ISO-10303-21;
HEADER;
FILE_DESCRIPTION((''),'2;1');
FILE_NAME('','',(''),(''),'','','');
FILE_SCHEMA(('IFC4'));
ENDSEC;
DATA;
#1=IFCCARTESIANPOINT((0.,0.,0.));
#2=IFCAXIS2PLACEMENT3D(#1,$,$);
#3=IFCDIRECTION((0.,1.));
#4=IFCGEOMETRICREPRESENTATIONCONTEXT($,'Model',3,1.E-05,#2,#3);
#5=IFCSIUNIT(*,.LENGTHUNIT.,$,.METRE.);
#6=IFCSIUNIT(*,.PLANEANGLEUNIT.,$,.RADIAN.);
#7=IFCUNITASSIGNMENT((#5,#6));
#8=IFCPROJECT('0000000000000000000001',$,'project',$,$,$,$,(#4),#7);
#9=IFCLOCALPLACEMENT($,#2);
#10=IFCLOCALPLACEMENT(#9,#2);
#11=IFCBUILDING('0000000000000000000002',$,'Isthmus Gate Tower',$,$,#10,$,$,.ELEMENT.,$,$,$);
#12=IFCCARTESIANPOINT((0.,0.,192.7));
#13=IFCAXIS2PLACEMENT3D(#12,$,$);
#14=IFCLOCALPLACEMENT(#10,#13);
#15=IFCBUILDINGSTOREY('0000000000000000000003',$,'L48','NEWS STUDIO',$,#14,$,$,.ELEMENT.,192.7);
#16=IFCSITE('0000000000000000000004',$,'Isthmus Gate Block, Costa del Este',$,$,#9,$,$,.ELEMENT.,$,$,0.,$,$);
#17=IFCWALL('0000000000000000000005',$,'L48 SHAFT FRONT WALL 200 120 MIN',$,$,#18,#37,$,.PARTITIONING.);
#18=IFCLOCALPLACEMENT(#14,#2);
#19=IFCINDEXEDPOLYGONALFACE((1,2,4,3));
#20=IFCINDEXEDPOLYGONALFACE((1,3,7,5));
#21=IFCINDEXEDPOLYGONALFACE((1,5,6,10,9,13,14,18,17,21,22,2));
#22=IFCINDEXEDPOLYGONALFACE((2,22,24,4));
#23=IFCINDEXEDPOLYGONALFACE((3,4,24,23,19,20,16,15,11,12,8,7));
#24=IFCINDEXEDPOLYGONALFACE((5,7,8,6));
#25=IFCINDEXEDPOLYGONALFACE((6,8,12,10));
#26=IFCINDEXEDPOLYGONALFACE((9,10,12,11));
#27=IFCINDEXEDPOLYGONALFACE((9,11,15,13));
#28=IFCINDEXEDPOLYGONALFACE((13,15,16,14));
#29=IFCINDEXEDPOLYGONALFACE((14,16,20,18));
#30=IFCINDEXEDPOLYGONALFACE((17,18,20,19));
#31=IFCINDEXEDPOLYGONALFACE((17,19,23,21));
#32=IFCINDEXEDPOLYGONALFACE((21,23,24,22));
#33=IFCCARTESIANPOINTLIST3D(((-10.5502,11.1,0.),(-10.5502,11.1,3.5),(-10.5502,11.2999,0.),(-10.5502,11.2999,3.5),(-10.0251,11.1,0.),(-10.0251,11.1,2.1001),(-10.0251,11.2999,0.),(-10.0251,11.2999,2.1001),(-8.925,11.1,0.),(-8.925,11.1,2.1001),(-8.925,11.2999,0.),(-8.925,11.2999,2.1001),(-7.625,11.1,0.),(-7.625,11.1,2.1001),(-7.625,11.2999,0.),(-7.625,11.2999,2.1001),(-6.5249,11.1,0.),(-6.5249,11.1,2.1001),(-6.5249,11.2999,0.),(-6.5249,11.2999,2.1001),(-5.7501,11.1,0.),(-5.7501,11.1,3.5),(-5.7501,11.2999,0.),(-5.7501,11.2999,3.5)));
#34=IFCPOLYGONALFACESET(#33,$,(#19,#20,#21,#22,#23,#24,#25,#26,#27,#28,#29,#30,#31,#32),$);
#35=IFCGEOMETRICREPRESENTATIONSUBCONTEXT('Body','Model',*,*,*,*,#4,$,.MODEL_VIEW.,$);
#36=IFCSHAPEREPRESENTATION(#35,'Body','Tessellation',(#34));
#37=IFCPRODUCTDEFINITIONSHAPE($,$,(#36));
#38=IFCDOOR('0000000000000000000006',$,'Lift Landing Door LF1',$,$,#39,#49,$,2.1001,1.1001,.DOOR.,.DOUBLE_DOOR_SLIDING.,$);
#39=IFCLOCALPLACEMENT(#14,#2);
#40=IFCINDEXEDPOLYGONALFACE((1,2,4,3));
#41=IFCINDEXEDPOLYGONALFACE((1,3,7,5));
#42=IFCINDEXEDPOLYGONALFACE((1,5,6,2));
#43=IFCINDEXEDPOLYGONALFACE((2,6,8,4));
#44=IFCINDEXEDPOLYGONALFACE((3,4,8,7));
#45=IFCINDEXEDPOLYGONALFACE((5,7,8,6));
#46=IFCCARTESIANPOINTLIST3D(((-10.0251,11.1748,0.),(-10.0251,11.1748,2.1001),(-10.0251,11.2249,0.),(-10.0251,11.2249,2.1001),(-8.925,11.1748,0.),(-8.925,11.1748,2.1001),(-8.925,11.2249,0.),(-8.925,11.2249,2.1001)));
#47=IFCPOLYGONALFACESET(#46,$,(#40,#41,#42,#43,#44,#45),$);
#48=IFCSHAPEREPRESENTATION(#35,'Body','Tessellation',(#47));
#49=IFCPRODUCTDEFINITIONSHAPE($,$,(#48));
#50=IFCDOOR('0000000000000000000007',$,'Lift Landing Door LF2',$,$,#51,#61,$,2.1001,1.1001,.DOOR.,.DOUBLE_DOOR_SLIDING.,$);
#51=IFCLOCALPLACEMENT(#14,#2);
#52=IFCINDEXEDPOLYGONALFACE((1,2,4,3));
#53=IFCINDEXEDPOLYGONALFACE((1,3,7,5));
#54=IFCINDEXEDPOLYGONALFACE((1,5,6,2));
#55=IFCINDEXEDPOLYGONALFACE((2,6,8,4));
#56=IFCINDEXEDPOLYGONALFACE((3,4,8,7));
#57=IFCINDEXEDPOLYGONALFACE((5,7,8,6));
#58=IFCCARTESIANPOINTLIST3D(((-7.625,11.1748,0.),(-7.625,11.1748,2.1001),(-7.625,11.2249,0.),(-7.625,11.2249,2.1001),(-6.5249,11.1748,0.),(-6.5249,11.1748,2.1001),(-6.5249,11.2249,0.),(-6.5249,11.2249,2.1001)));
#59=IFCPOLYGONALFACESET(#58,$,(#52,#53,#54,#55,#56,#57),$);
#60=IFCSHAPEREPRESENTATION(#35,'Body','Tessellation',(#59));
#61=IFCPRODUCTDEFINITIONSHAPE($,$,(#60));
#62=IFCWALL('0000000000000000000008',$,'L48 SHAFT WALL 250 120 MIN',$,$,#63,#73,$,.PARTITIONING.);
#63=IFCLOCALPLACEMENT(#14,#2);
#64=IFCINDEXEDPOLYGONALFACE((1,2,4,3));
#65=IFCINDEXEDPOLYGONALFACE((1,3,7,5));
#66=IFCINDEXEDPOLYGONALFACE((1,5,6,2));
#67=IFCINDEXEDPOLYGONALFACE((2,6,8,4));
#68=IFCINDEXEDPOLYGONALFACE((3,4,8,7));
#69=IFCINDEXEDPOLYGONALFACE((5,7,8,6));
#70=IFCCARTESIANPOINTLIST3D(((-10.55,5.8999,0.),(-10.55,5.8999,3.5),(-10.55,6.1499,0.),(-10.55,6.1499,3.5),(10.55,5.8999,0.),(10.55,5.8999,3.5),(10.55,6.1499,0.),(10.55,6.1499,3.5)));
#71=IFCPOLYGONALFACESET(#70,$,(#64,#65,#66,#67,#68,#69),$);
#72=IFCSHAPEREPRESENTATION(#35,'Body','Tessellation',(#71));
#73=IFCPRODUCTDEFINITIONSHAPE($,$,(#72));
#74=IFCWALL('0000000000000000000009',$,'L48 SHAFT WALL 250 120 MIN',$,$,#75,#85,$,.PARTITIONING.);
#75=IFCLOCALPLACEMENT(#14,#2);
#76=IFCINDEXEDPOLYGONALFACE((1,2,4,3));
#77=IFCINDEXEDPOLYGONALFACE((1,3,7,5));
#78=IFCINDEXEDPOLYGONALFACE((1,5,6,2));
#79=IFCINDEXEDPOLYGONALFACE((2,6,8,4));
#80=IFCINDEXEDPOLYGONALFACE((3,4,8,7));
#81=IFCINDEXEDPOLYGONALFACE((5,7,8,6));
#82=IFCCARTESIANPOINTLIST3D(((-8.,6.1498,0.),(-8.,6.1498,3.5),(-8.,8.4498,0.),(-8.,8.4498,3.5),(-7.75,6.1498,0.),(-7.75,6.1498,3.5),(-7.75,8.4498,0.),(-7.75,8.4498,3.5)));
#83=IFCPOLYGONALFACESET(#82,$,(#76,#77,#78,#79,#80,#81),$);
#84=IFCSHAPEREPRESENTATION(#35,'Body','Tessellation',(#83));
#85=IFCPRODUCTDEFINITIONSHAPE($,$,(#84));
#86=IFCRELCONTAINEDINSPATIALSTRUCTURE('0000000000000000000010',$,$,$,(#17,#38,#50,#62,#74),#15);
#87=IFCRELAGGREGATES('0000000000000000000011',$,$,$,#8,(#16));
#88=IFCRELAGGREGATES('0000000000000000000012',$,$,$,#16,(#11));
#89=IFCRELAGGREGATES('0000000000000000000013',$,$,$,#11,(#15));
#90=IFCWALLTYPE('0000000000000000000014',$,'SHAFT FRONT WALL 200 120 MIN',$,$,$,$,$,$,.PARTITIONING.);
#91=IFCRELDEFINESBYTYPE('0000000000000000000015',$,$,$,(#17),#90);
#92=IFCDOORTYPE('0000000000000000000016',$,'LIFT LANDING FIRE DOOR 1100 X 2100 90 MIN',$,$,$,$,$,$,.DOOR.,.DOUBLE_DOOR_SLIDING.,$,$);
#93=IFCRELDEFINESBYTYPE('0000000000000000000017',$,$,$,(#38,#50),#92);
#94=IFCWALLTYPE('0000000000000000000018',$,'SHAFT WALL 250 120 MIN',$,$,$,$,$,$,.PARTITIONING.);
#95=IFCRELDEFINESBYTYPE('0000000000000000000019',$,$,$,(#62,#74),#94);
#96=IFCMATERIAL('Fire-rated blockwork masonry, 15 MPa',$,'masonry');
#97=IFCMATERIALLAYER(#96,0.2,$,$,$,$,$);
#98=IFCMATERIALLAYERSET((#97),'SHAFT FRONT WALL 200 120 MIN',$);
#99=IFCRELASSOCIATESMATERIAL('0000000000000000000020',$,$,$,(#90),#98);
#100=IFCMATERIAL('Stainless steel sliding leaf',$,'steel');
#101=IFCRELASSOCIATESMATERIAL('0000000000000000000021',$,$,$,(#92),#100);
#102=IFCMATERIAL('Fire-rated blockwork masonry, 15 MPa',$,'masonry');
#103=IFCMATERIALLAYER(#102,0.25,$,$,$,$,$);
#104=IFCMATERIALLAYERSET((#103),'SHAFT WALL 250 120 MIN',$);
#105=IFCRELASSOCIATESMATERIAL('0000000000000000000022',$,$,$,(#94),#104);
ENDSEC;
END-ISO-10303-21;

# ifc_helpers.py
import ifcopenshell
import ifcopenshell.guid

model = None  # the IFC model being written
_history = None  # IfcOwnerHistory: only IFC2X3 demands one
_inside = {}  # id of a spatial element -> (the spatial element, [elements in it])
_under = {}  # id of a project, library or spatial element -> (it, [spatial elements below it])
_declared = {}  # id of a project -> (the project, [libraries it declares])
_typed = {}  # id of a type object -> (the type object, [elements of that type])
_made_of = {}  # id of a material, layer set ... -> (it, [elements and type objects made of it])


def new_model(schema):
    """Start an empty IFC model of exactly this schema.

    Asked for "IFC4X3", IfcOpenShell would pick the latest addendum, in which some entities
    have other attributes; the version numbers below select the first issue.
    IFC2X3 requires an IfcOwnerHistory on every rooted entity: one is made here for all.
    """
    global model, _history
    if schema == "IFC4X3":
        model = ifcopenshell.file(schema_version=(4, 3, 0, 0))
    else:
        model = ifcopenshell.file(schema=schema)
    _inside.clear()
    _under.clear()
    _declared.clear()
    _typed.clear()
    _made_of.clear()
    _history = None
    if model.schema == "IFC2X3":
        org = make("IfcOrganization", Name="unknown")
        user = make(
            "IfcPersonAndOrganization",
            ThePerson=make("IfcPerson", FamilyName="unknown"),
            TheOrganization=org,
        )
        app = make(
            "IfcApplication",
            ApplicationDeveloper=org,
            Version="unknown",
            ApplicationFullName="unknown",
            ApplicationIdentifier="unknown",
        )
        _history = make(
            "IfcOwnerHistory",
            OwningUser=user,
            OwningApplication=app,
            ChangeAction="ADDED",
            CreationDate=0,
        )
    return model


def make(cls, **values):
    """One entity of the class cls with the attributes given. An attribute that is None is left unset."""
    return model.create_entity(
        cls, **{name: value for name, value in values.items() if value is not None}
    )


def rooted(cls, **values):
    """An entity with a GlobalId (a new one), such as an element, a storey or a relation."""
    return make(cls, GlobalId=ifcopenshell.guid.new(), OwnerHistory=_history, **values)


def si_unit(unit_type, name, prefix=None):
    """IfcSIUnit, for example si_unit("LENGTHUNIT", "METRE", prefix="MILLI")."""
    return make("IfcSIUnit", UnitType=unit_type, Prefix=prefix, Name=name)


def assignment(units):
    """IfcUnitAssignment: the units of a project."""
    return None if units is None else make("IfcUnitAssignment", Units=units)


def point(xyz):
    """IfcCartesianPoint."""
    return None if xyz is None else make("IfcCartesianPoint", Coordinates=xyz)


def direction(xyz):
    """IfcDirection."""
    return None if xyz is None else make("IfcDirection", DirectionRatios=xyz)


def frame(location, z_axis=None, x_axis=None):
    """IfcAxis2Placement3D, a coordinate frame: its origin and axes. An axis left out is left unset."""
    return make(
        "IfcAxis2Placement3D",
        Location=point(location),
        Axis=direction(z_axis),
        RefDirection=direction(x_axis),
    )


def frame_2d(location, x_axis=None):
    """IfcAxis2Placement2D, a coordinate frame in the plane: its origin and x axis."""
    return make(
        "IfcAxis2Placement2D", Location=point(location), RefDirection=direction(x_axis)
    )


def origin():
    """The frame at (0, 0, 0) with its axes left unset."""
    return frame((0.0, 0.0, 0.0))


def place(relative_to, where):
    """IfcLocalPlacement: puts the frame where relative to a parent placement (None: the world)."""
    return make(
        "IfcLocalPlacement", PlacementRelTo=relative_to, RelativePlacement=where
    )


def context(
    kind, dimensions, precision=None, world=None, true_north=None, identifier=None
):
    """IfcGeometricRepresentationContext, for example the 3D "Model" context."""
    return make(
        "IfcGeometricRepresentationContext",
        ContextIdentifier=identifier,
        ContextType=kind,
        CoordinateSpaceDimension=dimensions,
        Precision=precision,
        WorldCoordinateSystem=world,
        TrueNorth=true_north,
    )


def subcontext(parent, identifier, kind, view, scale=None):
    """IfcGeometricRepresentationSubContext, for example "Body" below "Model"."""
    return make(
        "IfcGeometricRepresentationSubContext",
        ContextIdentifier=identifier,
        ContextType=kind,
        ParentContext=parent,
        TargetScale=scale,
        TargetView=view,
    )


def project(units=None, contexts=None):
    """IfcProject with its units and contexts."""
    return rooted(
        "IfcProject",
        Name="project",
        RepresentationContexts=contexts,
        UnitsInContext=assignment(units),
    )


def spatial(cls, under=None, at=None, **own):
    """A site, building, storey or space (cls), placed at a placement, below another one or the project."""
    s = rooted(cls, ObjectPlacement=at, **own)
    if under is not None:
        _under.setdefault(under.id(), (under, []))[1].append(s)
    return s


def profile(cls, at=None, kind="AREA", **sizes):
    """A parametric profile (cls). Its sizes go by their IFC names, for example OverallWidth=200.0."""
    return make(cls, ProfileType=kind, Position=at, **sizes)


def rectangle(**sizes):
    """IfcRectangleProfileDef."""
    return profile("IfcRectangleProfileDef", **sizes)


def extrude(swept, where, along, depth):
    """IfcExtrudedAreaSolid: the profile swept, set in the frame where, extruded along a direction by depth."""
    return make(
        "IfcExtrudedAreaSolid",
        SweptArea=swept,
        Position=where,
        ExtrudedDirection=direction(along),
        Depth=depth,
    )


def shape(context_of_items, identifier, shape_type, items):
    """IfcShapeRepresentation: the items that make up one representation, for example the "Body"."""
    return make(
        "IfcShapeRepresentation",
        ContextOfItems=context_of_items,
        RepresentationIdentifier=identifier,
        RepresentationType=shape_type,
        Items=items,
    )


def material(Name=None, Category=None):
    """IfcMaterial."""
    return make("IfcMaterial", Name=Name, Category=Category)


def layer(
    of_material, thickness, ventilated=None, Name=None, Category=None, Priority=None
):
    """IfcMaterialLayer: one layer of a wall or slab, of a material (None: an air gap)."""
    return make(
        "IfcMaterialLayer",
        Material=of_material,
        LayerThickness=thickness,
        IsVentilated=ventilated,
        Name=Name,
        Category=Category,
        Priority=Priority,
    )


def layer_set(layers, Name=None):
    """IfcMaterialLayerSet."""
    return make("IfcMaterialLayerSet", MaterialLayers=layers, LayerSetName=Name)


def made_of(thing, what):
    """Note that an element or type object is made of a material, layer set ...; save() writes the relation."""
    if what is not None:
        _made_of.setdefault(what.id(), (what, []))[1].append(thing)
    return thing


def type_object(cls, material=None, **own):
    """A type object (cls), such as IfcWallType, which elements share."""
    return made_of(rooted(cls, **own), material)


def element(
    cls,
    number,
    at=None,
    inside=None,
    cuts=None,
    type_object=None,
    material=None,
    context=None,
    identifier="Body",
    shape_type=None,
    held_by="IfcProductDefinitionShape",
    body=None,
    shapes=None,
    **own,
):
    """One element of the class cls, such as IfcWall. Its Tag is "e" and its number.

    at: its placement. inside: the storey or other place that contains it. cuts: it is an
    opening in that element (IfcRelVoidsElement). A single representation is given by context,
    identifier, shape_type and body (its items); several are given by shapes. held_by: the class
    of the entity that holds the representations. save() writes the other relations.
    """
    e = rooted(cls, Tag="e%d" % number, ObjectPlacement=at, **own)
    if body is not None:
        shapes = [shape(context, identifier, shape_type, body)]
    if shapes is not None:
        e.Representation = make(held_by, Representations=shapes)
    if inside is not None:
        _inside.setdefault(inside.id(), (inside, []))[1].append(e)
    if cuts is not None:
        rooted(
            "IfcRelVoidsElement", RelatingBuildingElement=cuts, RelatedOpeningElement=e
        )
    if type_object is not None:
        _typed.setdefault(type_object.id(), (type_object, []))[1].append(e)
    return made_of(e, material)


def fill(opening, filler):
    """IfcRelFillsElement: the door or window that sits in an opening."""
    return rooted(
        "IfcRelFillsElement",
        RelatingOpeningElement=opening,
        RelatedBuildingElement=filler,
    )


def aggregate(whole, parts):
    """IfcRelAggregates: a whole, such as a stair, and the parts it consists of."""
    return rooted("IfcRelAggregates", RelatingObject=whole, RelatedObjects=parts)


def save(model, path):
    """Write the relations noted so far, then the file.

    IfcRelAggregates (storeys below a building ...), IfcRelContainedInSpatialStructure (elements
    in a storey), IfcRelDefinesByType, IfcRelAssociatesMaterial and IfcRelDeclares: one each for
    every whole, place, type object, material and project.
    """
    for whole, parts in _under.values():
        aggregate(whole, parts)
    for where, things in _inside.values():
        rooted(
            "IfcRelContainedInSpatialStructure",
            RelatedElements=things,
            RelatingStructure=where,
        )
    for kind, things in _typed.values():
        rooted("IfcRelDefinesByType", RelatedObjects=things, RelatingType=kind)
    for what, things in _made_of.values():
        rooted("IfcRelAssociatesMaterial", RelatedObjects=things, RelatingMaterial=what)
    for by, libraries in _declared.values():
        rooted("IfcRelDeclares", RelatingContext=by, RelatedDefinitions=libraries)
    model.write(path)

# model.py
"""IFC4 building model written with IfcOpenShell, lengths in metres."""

from ifc_helpers import new_model, si_unit, direction, frame, frame_2d, origin, place, context, subcontext, project, spatial, rectangle, extrude, material, layer, layer_set, type_object, element, fill, save


model = new_model("IFC4")

# Units and contexts
model_context = context("Model", 3, precision=1e-05, world=origin(), true_north=direction((0.0, 1.0)))
body_context = subcontext(model_context, "Body", "Model", "MODEL_VIEW")
ifc_project = project(units=[si_unit("LENGTHUNIT", "METRE"), si_unit("PLANEANGLEUNIT", "RADIAN")], contexts=[model_context])

# Site, building, storey
site_placement = place(None, origin())
site = spatial("IfcSite", under=ifc_project, at=site_placement, Name="Isthmus Gate Block, Costa del Este", CompositionType="ELEMENT", RefElevation=0.0)
building_placement = place(site_placement, origin())
building = spatial("IfcBuilding", under=site, at=building_placement, Name="Isthmus Gate Tower", CompositionType="ELEMENT")
storey_placement = place(building_placement, frame((0.0, 0.0, 192.7)))
storey = spatial("IfcBuildingStorey", under=building, at=storey_placement, Name="L48", Description="NEWS STUDIO", CompositionType="ELEMENT", Elevation=192.7)

# Wall, openings, doors
ifc_material_1 = material(Name="Fire-rated blockwork masonry, 15 MPa", Category="masonry")
ifc_layer_1 = layer(ifc_material_1, 0.2)
ifc_layer_set_1 = layer_set([ifc_layer_1], Name="SHAFT FRONT WALL 200 120 MIN")
wall_type_1 = type_object("IfcWallType", Name="SHAFT FRONT WALL 200 120 MIN", PredefinedType="PARTITIONING", material=ifc_layer_set_1)
wall_1_placement = place(storey_placement, frame((-10.55, 11.2, 0.0), z_axis=(0.0, 0.0, 1.0), x_axis=(1.0, 0.0, 0.0)))
wall_1 = element("IfcWall", 1, at=wall_1_placement, inside=storey, type_object=wall_type_1, Name="L48 SHAFT FRONT WALL 200 120 MIN", PredefinedType="PARTITIONING", context=body_context, shape_type="SweptSolid", body=[
    extrude(rectangle(XDim=4.8, YDim=0.2, at=frame_2d((2.3999, 0.0))), origin(), (0.0, 0.0, 1.0), 3.5),
])
opening_1_placement = place(wall_1_placement, frame((0.5249, 0.0, 0.0)))
opening_1 = element("IfcOpeningElement", 2, at=opening_1_placement, cuts=wall_1, PredefinedType="OPENING", context=body_context, shape_type="SweptSolid", body=[
    extrude(rectangle(XDim=1.1001, YDim=2.1001, at=frame_2d((0.55, 1.05))), frame((0.0, 0.1099, 0.0), z_axis=(0.0, -1.0, 0.0), x_axis=(1.0, 0.0, 0.0)), (0.0, 0.0, 1.0), 0.22),
])
opening_2_placement = place(wall_1_placement, frame((2.925, 0.0, 0.0)))
opening_2 = element("IfcOpeningElement", 3, at=opening_2_placement, cuts=wall_1, PredefinedType="OPENING", context=body_context, shape_type="SweptSolid", body=[
    extrude(rectangle(XDim=1.1001, YDim=2.1001, at=frame_2d((0.55, 1.05))), frame((0.0, 0.1099, 0.0), z_axis=(0.0, -1.0, 0.0), x_axis=(1.0, 0.0, 0.0)), (0.0, 0.0, 1.0), 0.22),
])
ifc_material_2 = material(Name="Stainless steel sliding leaf", Category="steel")
door_type_1 = type_object("IfcDoorType", Name="LIFT LANDING FIRE DOOR 1100 X 2100 90 MIN", OperationType="DOUBLE_DOOR_SLIDING", PredefinedType="DOOR", material=ifc_material_2)
door_1_placement = place(opening_1_placement, origin())
door_1 = element("IfcDoor", 4, at=door_1_placement, inside=storey, type_object=door_type_1, Name="Lift Landing Door LF1", OperationType="DOUBLE_DOOR_SLIDING", OverallHeight=2.1001, OverallWidth=1.1001, PredefinedType="DOOR", context=body_context, shape_type="SweptSolid", body=[
    extrude(rectangle(XDim=1.1001, YDim=2.1001, at=frame_2d((0.55, 1.05))), frame((0.0, 0.0249, 0.0), z_axis=(0.0, -1.0, 0.0), x_axis=(1.0, 0.0, 0.0)), (0.0, 0.0, 1.0), 0.05),
])
fill(opening_1, door_1)
door_2_placement = place(opening_2_placement, origin())
door_2 = element("IfcDoor", 5, at=door_2_placement, inside=storey, type_object=door_type_1, Name="Lift Landing Door LF2", OperationType="DOUBLE_DOOR_SLIDING", OverallHeight=2.1001, OverallWidth=1.1001, PredefinedType="DOOR", context=body_context, shape_type="SweptSolid", body=[
    extrude(rectangle(XDim=1.1001, YDim=2.1001, at=frame_2d((0.55, 1.05))), frame((0.0, 0.0249, 0.0), z_axis=(0.0, -1.0, 0.0), x_axis=(1.0, 0.0, 0.0)), (0.0, 0.0, 1.0), 0.05),
])
fill(opening_2, door_2)

# Walls
ifc_material_3 = material(Name="Fire-rated blockwork masonry, 15 MPa", Category="masonry")
ifc_layer_2 = layer(ifc_material_3, 0.25)
ifc_layer_set_2 = layer_set([ifc_layer_2], Name="SHAFT WALL 250 120 MIN")
wall_type_2 = type_object("IfcWallType", Name="SHAFT WALL 250 120 MIN", PredefinedType="PARTITIONING", material=ifc_layer_set_2)
wall_2_placement = place(storey_placement, frame((-10.55, 6.0249, 0.0), z_axis=(0.0, 0.0, 1.0), x_axis=(1.0, 0.0, 0.0)))
element("IfcWall", 6, at=wall_2_placement, inside=storey, type_object=wall_type_2, Name="L48 SHAFT WALL 250 120 MIN", PredefinedType="PARTITIONING", context=body_context, shape_type="SweptSolid", body=[
    extrude(rectangle(XDim=21.1001, YDim=0.25, at=frame_2d((10.55, 0.0))), origin(), (0.0, 0.0, 1.0), 3.5),
])
wall_3_placement = place(storey_placement, frame((-7.875, 6.1499, 0.0), z_axis=(0.0, 0.0, 1.0), x_axis=(0.0, 1.0, 0.0)))
element("IfcWall", 7, at=wall_3_placement, inside=storey, type_object=wall_type_2, Name="L48 SHAFT WALL 250 120 MIN", PredefinedType="PARTITIONING", context=body_context, shape_type="SweptSolid", body=[
    extrude(rectangle(XDim=2.3, YDim=0.25, at=frame_2d((1.1499, 0.0))), origin(), (0.0, 0.0, 1.0), 3.5),
])

save(model, "model.ifc")
